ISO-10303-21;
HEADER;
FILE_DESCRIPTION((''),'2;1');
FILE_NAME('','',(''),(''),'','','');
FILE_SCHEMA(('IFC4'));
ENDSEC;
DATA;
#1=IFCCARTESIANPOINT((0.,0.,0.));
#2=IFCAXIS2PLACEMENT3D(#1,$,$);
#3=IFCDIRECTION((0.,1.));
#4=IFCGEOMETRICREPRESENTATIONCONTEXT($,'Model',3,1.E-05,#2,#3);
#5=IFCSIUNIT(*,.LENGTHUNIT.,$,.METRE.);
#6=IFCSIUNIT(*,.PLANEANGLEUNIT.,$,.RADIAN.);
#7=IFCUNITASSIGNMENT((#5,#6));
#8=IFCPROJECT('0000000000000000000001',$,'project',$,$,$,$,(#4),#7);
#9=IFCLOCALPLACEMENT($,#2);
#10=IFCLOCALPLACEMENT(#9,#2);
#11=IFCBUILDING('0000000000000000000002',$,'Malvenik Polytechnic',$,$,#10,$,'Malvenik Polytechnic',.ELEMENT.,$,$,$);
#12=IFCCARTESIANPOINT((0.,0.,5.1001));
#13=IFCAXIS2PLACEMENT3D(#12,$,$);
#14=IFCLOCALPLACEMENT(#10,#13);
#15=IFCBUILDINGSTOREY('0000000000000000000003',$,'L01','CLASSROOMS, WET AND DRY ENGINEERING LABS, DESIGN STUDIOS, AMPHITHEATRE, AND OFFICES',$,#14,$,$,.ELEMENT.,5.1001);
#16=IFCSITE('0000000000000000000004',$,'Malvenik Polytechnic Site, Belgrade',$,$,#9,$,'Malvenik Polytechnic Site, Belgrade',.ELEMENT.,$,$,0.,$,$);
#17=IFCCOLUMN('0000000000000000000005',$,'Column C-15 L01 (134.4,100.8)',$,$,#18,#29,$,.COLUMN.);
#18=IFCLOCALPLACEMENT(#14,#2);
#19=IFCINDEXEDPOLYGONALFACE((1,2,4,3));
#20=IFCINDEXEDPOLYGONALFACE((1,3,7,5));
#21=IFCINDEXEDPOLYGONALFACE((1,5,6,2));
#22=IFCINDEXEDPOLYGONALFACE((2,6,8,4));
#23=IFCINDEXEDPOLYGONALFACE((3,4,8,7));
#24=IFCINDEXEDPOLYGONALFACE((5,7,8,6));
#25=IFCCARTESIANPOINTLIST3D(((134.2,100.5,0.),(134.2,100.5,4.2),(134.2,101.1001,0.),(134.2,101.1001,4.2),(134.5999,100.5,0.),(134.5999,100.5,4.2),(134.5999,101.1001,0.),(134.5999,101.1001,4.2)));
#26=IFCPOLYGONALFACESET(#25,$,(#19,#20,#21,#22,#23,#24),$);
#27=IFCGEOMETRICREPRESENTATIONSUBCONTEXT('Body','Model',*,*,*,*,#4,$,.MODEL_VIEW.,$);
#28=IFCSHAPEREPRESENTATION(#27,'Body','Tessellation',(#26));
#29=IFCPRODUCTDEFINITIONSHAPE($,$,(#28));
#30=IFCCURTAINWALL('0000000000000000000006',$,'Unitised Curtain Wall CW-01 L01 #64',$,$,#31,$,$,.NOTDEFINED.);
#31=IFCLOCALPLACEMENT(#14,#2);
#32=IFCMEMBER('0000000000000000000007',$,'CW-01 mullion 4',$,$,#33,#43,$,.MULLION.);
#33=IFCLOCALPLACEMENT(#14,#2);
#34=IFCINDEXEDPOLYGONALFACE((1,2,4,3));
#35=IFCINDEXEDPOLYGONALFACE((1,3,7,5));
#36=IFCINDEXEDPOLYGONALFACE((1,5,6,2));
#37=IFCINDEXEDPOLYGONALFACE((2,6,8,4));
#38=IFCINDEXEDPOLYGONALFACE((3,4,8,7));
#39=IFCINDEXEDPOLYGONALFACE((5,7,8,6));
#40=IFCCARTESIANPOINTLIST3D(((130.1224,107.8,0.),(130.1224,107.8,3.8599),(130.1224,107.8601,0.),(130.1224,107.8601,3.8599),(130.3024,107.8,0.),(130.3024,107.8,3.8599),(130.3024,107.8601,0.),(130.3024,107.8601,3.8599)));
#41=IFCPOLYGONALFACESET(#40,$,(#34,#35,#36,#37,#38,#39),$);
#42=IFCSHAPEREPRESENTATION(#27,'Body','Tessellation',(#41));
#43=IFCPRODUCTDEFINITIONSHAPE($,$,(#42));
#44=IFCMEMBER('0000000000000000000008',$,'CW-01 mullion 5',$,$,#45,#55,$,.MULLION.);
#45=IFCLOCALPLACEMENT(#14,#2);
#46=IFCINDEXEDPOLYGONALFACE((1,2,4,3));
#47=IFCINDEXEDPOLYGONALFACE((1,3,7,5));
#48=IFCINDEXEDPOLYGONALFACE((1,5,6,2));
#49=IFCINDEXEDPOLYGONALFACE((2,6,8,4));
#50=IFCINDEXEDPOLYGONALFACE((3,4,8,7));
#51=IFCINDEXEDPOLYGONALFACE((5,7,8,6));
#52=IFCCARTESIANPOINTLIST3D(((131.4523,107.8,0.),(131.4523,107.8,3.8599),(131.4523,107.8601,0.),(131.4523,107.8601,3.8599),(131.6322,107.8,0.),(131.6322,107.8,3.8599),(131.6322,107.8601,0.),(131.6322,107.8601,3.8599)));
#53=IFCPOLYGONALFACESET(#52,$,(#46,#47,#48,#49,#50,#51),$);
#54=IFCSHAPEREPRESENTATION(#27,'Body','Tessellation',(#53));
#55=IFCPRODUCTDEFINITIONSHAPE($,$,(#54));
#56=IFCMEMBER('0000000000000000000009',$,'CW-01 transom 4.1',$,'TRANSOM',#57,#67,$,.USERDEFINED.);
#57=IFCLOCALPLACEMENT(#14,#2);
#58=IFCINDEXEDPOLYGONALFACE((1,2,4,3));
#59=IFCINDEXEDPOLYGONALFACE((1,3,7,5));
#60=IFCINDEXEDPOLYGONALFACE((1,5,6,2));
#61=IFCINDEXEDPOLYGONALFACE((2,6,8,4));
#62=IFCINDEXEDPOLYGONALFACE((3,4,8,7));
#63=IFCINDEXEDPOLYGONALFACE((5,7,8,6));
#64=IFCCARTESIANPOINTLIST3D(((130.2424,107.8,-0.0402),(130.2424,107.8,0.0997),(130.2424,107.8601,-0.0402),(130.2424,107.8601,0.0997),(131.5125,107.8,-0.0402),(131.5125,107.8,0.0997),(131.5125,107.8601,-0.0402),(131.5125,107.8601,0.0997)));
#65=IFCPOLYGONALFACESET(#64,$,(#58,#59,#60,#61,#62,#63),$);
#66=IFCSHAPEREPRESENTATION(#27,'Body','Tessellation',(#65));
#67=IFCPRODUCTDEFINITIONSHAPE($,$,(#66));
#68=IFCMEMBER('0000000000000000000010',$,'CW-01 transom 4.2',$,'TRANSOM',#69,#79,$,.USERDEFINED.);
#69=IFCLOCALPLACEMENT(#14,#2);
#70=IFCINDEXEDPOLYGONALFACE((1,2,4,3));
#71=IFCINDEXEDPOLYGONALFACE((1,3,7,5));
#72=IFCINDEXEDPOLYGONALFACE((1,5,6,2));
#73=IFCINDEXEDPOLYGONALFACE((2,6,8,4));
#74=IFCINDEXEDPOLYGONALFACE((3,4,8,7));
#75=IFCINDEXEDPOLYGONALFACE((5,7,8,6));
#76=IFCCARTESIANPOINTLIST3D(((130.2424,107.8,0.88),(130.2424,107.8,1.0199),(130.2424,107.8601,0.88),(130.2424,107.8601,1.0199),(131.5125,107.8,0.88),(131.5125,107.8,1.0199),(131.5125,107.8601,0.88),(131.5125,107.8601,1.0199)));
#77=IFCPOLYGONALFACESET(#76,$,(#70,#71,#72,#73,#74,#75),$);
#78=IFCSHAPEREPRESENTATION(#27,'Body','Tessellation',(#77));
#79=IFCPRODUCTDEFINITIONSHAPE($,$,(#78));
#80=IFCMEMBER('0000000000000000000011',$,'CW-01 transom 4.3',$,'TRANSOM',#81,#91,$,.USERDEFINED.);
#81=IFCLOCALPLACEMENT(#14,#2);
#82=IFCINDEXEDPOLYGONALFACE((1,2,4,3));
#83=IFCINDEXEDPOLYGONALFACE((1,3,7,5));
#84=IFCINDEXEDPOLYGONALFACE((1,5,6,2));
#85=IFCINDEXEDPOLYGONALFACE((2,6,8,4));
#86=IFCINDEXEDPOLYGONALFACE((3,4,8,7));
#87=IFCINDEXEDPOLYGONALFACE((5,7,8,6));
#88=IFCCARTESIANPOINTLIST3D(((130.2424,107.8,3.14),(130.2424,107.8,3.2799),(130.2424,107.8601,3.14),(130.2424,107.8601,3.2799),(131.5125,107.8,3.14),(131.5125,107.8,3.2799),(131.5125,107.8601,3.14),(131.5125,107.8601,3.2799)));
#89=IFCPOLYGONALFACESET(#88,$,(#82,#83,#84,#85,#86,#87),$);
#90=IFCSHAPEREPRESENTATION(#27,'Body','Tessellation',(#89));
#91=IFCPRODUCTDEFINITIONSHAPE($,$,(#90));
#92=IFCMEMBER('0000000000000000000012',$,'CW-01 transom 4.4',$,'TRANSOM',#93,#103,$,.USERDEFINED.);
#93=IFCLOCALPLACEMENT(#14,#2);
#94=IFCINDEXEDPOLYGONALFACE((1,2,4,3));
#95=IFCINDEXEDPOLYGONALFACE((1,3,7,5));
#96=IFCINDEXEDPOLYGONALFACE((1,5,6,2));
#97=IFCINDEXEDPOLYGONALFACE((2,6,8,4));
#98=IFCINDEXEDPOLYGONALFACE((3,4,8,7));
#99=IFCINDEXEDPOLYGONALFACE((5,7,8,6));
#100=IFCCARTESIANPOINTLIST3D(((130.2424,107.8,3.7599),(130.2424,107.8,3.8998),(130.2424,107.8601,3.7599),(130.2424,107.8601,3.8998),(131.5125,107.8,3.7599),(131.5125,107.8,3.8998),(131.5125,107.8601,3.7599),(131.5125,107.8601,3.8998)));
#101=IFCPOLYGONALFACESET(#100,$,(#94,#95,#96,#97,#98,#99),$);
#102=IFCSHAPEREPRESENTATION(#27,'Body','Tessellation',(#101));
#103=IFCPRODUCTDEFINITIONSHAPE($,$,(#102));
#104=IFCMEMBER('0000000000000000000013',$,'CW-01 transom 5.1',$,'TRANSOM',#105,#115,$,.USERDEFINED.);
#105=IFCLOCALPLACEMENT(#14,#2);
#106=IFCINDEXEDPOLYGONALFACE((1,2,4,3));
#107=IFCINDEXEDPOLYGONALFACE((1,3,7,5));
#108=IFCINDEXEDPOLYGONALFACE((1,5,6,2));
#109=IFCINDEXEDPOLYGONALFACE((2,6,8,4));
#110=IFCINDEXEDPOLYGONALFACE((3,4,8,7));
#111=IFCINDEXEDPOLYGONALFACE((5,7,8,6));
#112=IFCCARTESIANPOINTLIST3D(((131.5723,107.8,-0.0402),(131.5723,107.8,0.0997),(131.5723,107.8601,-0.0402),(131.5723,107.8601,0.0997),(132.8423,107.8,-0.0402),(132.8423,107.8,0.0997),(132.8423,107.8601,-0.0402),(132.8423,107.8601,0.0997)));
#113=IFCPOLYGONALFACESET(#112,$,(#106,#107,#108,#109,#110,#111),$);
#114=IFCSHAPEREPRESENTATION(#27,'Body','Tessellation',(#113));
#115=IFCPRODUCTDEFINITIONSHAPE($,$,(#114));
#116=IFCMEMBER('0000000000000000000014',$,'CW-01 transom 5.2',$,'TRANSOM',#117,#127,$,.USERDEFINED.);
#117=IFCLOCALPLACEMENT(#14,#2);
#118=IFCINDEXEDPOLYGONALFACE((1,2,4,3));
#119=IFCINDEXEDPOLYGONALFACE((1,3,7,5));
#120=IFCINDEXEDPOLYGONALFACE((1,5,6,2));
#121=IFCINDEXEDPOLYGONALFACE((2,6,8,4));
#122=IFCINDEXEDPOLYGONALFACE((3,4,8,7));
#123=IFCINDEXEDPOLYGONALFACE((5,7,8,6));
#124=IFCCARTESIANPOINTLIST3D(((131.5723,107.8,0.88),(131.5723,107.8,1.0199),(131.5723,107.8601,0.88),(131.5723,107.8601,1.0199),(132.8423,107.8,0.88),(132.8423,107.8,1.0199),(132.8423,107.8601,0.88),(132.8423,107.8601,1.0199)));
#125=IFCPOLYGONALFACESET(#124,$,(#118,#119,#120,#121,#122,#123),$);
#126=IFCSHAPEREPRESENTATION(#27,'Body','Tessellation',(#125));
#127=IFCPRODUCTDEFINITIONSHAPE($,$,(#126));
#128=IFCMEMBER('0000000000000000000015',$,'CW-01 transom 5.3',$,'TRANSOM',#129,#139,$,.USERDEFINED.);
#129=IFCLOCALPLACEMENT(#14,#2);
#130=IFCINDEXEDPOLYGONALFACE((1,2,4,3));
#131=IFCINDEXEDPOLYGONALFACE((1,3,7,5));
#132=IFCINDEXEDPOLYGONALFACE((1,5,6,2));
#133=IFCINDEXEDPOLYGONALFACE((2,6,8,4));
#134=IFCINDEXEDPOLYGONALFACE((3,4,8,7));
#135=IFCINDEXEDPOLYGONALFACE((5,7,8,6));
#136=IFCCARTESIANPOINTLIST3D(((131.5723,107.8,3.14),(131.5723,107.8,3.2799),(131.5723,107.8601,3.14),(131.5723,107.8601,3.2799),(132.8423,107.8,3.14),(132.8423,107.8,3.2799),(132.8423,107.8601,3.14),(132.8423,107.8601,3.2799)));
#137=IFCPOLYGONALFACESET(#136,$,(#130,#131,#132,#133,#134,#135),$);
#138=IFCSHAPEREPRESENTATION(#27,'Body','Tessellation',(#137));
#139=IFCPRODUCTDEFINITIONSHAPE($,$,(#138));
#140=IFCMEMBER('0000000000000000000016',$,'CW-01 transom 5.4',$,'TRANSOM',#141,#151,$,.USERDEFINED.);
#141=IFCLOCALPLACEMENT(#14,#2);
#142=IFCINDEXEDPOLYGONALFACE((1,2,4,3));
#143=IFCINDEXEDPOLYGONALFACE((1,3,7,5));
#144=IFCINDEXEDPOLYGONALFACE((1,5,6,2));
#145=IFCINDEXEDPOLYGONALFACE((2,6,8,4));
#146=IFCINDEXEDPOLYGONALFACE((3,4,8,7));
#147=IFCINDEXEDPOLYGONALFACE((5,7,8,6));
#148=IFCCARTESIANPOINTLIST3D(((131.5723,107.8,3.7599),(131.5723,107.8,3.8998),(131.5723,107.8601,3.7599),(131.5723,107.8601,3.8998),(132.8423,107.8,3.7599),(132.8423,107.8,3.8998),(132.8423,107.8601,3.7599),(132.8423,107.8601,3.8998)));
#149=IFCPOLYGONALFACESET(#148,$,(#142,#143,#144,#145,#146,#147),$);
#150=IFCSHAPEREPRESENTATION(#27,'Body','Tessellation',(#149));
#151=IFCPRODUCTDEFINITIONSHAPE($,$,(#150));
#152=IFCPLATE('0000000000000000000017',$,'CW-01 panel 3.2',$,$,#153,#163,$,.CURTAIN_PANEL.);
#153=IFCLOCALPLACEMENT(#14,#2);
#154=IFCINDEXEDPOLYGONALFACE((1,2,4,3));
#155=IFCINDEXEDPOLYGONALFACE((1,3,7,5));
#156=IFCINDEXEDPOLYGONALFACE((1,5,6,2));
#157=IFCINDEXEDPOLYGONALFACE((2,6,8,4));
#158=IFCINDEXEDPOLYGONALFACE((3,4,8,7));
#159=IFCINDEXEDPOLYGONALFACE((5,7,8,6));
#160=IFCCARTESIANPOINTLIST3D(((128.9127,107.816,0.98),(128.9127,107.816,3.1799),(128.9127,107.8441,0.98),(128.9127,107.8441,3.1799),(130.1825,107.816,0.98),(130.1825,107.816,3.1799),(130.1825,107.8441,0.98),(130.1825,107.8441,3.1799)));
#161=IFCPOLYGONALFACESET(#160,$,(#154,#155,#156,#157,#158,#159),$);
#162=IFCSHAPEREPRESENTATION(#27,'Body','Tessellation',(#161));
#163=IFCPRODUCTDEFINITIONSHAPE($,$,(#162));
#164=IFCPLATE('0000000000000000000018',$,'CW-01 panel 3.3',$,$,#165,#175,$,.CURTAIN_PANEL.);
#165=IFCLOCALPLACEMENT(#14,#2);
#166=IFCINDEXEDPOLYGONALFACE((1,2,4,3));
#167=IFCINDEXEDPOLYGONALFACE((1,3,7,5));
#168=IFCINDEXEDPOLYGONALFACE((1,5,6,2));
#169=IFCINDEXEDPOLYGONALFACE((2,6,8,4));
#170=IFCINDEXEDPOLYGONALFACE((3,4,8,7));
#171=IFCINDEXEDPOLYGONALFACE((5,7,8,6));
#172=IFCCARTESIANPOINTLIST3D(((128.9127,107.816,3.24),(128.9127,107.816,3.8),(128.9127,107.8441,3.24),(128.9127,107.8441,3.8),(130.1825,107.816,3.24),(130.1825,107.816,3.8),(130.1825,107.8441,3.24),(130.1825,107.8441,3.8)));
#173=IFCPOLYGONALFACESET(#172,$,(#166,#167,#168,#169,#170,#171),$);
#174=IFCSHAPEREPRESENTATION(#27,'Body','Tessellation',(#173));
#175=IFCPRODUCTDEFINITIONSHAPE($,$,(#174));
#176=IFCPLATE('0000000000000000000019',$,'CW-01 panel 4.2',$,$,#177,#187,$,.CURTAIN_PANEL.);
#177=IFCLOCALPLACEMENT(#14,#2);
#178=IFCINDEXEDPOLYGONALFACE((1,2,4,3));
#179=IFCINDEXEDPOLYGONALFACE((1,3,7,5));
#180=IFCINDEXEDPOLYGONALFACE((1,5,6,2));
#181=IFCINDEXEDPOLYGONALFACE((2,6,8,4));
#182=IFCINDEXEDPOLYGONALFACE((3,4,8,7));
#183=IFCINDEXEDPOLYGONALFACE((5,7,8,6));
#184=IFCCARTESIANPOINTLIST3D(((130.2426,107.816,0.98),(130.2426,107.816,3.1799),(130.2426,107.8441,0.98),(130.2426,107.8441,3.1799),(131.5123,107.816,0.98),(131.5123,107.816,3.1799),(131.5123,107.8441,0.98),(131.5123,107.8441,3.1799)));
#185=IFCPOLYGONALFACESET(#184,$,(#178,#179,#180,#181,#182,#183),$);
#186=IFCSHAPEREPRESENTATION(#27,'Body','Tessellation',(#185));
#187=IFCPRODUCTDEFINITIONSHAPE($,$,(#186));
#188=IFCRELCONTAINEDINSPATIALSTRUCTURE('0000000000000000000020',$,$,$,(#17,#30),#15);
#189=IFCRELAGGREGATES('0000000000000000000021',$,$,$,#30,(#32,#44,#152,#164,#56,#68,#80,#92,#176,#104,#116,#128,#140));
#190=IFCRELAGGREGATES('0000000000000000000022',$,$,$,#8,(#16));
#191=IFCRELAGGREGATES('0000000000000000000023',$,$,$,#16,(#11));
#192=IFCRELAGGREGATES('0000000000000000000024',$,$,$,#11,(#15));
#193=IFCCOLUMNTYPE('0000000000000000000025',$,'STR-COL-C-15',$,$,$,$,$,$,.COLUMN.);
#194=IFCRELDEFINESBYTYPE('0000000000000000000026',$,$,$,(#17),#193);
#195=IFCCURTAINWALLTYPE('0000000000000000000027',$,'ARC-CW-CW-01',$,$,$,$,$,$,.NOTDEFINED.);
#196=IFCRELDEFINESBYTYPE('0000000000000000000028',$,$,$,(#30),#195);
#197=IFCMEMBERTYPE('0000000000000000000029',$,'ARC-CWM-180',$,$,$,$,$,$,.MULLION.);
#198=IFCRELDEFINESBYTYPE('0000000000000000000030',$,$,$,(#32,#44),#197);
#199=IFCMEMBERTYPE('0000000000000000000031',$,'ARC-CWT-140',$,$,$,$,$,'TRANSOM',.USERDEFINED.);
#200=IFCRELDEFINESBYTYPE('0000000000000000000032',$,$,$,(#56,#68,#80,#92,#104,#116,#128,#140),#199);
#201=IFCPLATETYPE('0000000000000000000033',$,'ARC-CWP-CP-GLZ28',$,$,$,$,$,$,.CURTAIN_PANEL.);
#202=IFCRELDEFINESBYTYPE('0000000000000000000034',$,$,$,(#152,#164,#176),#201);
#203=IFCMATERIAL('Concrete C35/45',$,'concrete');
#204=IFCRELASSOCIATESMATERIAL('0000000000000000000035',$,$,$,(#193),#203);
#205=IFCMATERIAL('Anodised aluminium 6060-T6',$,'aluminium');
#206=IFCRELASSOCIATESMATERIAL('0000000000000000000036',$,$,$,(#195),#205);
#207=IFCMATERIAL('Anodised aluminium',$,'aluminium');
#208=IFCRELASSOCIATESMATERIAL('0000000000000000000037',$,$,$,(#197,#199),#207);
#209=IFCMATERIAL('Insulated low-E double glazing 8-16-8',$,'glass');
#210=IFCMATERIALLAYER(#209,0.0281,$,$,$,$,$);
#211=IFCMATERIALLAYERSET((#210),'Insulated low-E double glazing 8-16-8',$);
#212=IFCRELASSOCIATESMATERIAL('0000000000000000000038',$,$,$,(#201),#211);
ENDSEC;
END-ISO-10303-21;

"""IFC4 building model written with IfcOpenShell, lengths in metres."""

from ifc_helpers import new_model, si_unit, direction, frame, origin, origin_2d, place, context, subcontext, project, spatial, rectangle, extrude, material, layer, layer_set, material_profile, profile_set, type_object, element, aggregate, save


model = new_model("IFC4")

# Units and contexts
model_context = context("Model", 3, precision=1e-05, world=origin(), true_north=direction((0.0, 1.0)))
body_context = subcontext(model_context, "Body", "Model", "MODEL_VIEW")
ifc_project = project(units=[si_unit("LENGTHUNIT", "METRE"), si_unit("PLANEANGLEUNIT", "RADIAN")], contexts=[model_context])

# Site, building, storey
site_placement = place(None, origin())
site = spatial("IfcSite", under=ifc_project, at=site_placement, Name="Malvenik Polytechnic Site, Belgrade", LongName="Malvenik Polytechnic Site, Belgrade", CompositionType="ELEMENT", RefElevation=0.0)
building_placement = place(site_placement, origin())
building = spatial("IfcBuilding", under=site, at=building_placement, Name="Malvenik Polytechnic", LongName="Malvenik Polytechnic", CompositionType="ELEMENT")
storey_placement = place(building_placement, frame((0.0, 0.0, 5.1001)))
storey = spatial("IfcBuildingStorey", under=building, at=storey_placement, Name="L01", Description="CLASSROOMS, WET AND DRY ENGINEERING LABS, DESIGN STUDIOS, AMPHITHEATRE, AND OFFICES", CompositionType="ELEMENT", Elevation=5.1001)

# Column
ifc_material_1 = material(Name="Concrete C35/45", Category="concrete")
ifc_material_profile_1 = material_profile(ifc_material_1, rectangle(XDim=0.3999, YDim=0.6001, at=origin_2d()), Name="RC COL 600x400")
ifc_profile_set_1 = profile_set([ifc_material_profile_1], Name="Concrete C35/45")
column_type = type_object("IfcColumnType", Name="STR-COL-C-15", PredefinedType="COLUMN", material=ifc_profile_set_1)
column_placement = place(storey_placement, frame((134.3999, 100.8, 0.0), z_axis=(0.0, 0.0, 1.0), x_axis=(1.0, 0.0, 0.0)))
element("IfcColumn", 1, at=column_placement, inside=storey, type_object=column_type, Name="Column C-15 L01 (134.4,100.8)", PredefinedType="COLUMN", context=body_context, shape_type="SweptSolid", body=[
    extrude(rectangle(XDim=0.3999, YDim=0.6001, at=origin_2d()), origin(), (0.0, 0.0, 1.0), 4.2),
])

# Curtain wall, members, plates
ifc_material_2 = material(Name="Anodised aluminium 6060-T6", Category="aluminium")
curtain_wall_type = type_object("IfcCurtainWallType", Name="ARC-CW-CW-01", PredefinedType="NOTDEFINED", material=ifc_material_2)
curtain_wall_placement = place(storey_placement, origin())
curtain_wall = element("IfcCurtainWall", 2, at=curtain_wall_placement, inside=storey, type_object=curtain_wall_type, Name="Unitised Curtain Wall CW-01 L01 #64", PredefinedType="NOTDEFINED")
ifc_material_3 = material(Name="Anodised aluminium", Category="aluminium")
ifc_material_profile_2 = material_profile(ifc_material_3, rectangle(XDim=0.0601, YDim=0.1799, at=origin_2d()), Name="ALU MULLION 60x180")
ifc_profile_set_2 = profile_set([ifc_material_profile_2], Name="Anodised aluminium")
member_type_1 = type_object("IfcMemberType", Name="ARC-CWM-180", PredefinedType="MULLION", material=ifc_profile_set_2)
member_1_placement = place(storey_placement, frame((130.2124, 107.8301, 0.0), z_axis=(0.0, 0.0, 1.0), x_axis=(0.0, 1.0, 0.0)))
member_1 = element("IfcMember", 3, at=member_1_placement, type_object=member_type_1, Name="CW-01 mullion 4", PredefinedType="MULLION", context=body_context, shape_type="SweptSolid", body=[
    extrude(rectangle(XDim=0.0601, YDim=0.1799, at=origin_2d()), origin(), (0.0, 0.0, 1.0), 3.8599),
])
member_2_placement = place(storey_placement, frame((131.5422, 107.8301, 0.0), z_axis=(0.0, 0.0, 1.0), x_axis=(0.0, 1.0, 0.0)))
member_2 = element("IfcMember", 4, at=member_2_placement, type_object=member_type_1, Name="CW-01 mullion 5", PredefinedType="MULLION", context=body_context, shape_type="SweptSolid", body=[
    extrude(rectangle(XDim=0.0601, YDim=0.1799, at=origin_2d()), origin(), (0.0, 0.0, 1.0), 3.8599),
])
ifc_material_profile_3 = material_profile(ifc_material_3, rectangle(XDim=0.0601, YDim=0.1399, at=origin_2d()), Name="ALU TRANSOM 60x140")
ifc_profile_set_3 = profile_set([ifc_material_profile_3], Name="Anodised aluminium")
member_type_2 = type_object("IfcMemberType", Name="ARC-CWT-140", ElementType="TRANSOM", PredefinedType="USERDEFINED", material=ifc_profile_set_3)
member_3_placement = place(storey_placement, frame((130.2424, 107.8301, 0.0298), z_axis=(1.0, 0.0, 0.0), x_axis=(0.0, 1.0, 0.0)))
member_3 = element("IfcMember", 5, at=member_3_placement, type_object=member_type_2, Name="CW-01 transom 4.1", ObjectType="TRANSOM", PredefinedType="USERDEFINED", context=body_context, shape_type="SweptSolid", body=[
    extrude(rectangle(XDim=0.0601, YDim=0.1399, at=origin_2d()), origin(), (0.0, 0.0, 1.0), 1.27),
])
member_4_placement = place(storey_placement, frame((130.2424, 107.8301, 0.95), z_axis=(1.0, 0.0, 0.0), x_axis=(0.0, 1.0, 0.0)))
member_4 = element("IfcMember", 6, at=member_4_placement, type_object=member_type_2, Name="CW-01 transom 4.2", ObjectType="TRANSOM", PredefinedType="USERDEFINED", context=body_context, shape_type="SweptSolid", body=[
    extrude(rectangle(XDim=0.0601, YDim=0.1399, at=origin_2d()), origin(), (0.0, 0.0, 1.0), 1.27),
])
member_5_placement = place(storey_placement, frame((130.2424, 107.8301, 3.21), z_axis=(1.0, 0.0, 0.0), x_axis=(0.0, 1.0, 0.0)))
member_5 = element("IfcMember", 7, at=member_5_placement, type_object=member_type_2, Name="CW-01 transom 4.3", ObjectType="TRANSOM", PredefinedType="USERDEFINED", context=body_context, shape_type="SweptSolid", body=[
    extrude(rectangle(XDim=0.0601, YDim=0.1399, at=origin_2d()), origin(), (0.0, 0.0, 1.0), 1.27),
])
member_6_placement = place(storey_placement, frame((130.2424, 107.8301, 3.8298), z_axis=(1.0, 0.0, 0.0), x_axis=(0.0, 1.0, 0.0)))
member_6 = element("IfcMember", 8, at=member_6_placement, type_object=member_type_2, Name="CW-01 transom 4.4", ObjectType="TRANSOM", PredefinedType="USERDEFINED", context=body_context, shape_type="SweptSolid", body=[
    extrude(rectangle(XDim=0.0601, YDim=0.1399, at=origin_2d()), origin(), (0.0, 0.0, 1.0), 1.27),
])
member_7_placement = place(storey_placement, frame((131.5723, 107.8301, 0.0298), z_axis=(1.0, 0.0, 0.0), x_axis=(0.0, 1.0, 0.0)))
member_7 = element("IfcMember", 9, at=member_7_placement, type_object=member_type_2, Name="CW-01 transom 5.1", ObjectType="TRANSOM", PredefinedType="USERDEFINED", context=body_context, shape_type="SweptSolid", body=[
    extrude(rectangle(XDim=0.0601, YDim=0.1399, at=origin_2d()), origin(), (0.0, 0.0, 1.0), 1.27),
])
member_8_placement = place(storey_placement, frame((131.5723, 107.8301, 0.95), z_axis=(1.0, 0.0, 0.0), x_axis=(0.0, 1.0, 0.0)))
member_8 = element("IfcMember", 10, at=member_8_placement, type_object=member_type_2, Name="CW-01 transom 5.2", ObjectType="TRANSOM", PredefinedType="USERDEFINED", context=body_context, shape_type="SweptSolid", body=[
    extrude(rectangle(XDim=0.0601, YDim=0.1399, at=origin_2d()), origin(), (0.0, 0.0, 1.0), 1.27),
])
member_9_placement = place(storey_placement, frame((131.5723, 107.8301, 3.21), z_axis=(1.0, 0.0, 0.0), x_axis=(0.0, 1.0, 0.0)))
member_9 = element("IfcMember", 11, at=member_9_placement, type_object=member_type_2, Name="CW-01 transom 5.3", ObjectType="TRANSOM", PredefinedType="USERDEFINED", context=body_context, shape_type="SweptSolid", body=[
    extrude(rectangle(XDim=0.0601, YDim=0.1399, at=origin_2d()), origin(), (0.0, 0.0, 1.0), 1.27),
])
member_10_placement = place(storey_placement, frame((131.5723, 107.8301, 3.8298), z_axis=(1.0, 0.0, 0.0), x_axis=(0.0, 1.0, 0.0)))
member_10 = element("IfcMember", 12, at=member_10_placement, type_object=member_type_2, Name="CW-01 transom 5.4", ObjectType="TRANSOM", PredefinedType="USERDEFINED", context=body_context, shape_type="SweptSolid", body=[
    extrude(rectangle(XDim=0.0601, YDim=0.1399, at=origin_2d()), origin(), (0.0, 0.0, 1.0), 1.27),
])
ifc_material_4 = material(Name="Insulated low-E double glazing 8-16-8", Category="glass")
ifc_layer_1 = layer(ifc_material_4, 0.0281)
ifc_layer_set_1 = layer_set([ifc_layer_1], Name="Insulated low-E double glazing 8-16-8")
plate_type_1 = type_object("IfcPlateType", Name="ARC-CWP-CP-GLZ28", PredefinedType="CURTAIN_PANEL", material=ifc_layer_set_1)
plate_1_placement = place(storey_placement, frame((129.5476, 107.8301, 0.98), z_axis=(0.0, 0.0, 1.0), x_axis=(1.0, 0.0, 0.0)))
plate_1 = element("IfcPlate", 13, at=plate_1_placement, type_object=plate_type_1, Name="CW-01 panel 3.2", PredefinedType="CURTAIN_PANEL", context=body_context, shape_type="SweptSolid", body=[
    extrude(rectangle(XDim=1.2698, YDim=0.0281, at=origin_2d()), origin(), (0.0, 0.0, 1.0), 2.2),
])
plate_2_placement = place(storey_placement, frame((129.5476, 107.8301, 3.24), z_axis=(0.0, 0.0, 1.0), x_axis=(1.0, 0.0, 0.0)))
plate_2 = element("IfcPlate", 14, at=plate_2_placement, type_object=plate_type_1, Name="CW-01 panel 3.3", PredefinedType="CURTAIN_PANEL", context=body_context, shape_type="SweptSolid", body=[
    extrude(rectangle(XDim=1.2698, YDim=0.0281, at=origin_2d()), origin(), (0.0, 0.0, 1.0), 0.5601),
])
plate_3_placement = place(storey_placement, frame((130.8774, 107.8301, 0.98), z_axis=(0.0, 0.0, 1.0), x_axis=(1.0, 0.0, 0.0)))
plate_3 = element("IfcPlate", 15, at=plate_3_placement, type_object=plate_type_1, Name="CW-01 panel 4.2", PredefinedType="CURTAIN_PANEL", context=body_context, shape_type="SweptSolid", body=[
    extrude(rectangle(XDim=1.2698, YDim=0.0281, at=origin_2d()), origin(), (0.0, 0.0, 1.0), 2.2),
])
aggregate(curtain_wall, [member_1, member_2, plate_1, plate_2, member_3, member_4, member_5, member_6, plate_3, member_7, member_8, member_9, member_10])

save(model, "model.ifc")
